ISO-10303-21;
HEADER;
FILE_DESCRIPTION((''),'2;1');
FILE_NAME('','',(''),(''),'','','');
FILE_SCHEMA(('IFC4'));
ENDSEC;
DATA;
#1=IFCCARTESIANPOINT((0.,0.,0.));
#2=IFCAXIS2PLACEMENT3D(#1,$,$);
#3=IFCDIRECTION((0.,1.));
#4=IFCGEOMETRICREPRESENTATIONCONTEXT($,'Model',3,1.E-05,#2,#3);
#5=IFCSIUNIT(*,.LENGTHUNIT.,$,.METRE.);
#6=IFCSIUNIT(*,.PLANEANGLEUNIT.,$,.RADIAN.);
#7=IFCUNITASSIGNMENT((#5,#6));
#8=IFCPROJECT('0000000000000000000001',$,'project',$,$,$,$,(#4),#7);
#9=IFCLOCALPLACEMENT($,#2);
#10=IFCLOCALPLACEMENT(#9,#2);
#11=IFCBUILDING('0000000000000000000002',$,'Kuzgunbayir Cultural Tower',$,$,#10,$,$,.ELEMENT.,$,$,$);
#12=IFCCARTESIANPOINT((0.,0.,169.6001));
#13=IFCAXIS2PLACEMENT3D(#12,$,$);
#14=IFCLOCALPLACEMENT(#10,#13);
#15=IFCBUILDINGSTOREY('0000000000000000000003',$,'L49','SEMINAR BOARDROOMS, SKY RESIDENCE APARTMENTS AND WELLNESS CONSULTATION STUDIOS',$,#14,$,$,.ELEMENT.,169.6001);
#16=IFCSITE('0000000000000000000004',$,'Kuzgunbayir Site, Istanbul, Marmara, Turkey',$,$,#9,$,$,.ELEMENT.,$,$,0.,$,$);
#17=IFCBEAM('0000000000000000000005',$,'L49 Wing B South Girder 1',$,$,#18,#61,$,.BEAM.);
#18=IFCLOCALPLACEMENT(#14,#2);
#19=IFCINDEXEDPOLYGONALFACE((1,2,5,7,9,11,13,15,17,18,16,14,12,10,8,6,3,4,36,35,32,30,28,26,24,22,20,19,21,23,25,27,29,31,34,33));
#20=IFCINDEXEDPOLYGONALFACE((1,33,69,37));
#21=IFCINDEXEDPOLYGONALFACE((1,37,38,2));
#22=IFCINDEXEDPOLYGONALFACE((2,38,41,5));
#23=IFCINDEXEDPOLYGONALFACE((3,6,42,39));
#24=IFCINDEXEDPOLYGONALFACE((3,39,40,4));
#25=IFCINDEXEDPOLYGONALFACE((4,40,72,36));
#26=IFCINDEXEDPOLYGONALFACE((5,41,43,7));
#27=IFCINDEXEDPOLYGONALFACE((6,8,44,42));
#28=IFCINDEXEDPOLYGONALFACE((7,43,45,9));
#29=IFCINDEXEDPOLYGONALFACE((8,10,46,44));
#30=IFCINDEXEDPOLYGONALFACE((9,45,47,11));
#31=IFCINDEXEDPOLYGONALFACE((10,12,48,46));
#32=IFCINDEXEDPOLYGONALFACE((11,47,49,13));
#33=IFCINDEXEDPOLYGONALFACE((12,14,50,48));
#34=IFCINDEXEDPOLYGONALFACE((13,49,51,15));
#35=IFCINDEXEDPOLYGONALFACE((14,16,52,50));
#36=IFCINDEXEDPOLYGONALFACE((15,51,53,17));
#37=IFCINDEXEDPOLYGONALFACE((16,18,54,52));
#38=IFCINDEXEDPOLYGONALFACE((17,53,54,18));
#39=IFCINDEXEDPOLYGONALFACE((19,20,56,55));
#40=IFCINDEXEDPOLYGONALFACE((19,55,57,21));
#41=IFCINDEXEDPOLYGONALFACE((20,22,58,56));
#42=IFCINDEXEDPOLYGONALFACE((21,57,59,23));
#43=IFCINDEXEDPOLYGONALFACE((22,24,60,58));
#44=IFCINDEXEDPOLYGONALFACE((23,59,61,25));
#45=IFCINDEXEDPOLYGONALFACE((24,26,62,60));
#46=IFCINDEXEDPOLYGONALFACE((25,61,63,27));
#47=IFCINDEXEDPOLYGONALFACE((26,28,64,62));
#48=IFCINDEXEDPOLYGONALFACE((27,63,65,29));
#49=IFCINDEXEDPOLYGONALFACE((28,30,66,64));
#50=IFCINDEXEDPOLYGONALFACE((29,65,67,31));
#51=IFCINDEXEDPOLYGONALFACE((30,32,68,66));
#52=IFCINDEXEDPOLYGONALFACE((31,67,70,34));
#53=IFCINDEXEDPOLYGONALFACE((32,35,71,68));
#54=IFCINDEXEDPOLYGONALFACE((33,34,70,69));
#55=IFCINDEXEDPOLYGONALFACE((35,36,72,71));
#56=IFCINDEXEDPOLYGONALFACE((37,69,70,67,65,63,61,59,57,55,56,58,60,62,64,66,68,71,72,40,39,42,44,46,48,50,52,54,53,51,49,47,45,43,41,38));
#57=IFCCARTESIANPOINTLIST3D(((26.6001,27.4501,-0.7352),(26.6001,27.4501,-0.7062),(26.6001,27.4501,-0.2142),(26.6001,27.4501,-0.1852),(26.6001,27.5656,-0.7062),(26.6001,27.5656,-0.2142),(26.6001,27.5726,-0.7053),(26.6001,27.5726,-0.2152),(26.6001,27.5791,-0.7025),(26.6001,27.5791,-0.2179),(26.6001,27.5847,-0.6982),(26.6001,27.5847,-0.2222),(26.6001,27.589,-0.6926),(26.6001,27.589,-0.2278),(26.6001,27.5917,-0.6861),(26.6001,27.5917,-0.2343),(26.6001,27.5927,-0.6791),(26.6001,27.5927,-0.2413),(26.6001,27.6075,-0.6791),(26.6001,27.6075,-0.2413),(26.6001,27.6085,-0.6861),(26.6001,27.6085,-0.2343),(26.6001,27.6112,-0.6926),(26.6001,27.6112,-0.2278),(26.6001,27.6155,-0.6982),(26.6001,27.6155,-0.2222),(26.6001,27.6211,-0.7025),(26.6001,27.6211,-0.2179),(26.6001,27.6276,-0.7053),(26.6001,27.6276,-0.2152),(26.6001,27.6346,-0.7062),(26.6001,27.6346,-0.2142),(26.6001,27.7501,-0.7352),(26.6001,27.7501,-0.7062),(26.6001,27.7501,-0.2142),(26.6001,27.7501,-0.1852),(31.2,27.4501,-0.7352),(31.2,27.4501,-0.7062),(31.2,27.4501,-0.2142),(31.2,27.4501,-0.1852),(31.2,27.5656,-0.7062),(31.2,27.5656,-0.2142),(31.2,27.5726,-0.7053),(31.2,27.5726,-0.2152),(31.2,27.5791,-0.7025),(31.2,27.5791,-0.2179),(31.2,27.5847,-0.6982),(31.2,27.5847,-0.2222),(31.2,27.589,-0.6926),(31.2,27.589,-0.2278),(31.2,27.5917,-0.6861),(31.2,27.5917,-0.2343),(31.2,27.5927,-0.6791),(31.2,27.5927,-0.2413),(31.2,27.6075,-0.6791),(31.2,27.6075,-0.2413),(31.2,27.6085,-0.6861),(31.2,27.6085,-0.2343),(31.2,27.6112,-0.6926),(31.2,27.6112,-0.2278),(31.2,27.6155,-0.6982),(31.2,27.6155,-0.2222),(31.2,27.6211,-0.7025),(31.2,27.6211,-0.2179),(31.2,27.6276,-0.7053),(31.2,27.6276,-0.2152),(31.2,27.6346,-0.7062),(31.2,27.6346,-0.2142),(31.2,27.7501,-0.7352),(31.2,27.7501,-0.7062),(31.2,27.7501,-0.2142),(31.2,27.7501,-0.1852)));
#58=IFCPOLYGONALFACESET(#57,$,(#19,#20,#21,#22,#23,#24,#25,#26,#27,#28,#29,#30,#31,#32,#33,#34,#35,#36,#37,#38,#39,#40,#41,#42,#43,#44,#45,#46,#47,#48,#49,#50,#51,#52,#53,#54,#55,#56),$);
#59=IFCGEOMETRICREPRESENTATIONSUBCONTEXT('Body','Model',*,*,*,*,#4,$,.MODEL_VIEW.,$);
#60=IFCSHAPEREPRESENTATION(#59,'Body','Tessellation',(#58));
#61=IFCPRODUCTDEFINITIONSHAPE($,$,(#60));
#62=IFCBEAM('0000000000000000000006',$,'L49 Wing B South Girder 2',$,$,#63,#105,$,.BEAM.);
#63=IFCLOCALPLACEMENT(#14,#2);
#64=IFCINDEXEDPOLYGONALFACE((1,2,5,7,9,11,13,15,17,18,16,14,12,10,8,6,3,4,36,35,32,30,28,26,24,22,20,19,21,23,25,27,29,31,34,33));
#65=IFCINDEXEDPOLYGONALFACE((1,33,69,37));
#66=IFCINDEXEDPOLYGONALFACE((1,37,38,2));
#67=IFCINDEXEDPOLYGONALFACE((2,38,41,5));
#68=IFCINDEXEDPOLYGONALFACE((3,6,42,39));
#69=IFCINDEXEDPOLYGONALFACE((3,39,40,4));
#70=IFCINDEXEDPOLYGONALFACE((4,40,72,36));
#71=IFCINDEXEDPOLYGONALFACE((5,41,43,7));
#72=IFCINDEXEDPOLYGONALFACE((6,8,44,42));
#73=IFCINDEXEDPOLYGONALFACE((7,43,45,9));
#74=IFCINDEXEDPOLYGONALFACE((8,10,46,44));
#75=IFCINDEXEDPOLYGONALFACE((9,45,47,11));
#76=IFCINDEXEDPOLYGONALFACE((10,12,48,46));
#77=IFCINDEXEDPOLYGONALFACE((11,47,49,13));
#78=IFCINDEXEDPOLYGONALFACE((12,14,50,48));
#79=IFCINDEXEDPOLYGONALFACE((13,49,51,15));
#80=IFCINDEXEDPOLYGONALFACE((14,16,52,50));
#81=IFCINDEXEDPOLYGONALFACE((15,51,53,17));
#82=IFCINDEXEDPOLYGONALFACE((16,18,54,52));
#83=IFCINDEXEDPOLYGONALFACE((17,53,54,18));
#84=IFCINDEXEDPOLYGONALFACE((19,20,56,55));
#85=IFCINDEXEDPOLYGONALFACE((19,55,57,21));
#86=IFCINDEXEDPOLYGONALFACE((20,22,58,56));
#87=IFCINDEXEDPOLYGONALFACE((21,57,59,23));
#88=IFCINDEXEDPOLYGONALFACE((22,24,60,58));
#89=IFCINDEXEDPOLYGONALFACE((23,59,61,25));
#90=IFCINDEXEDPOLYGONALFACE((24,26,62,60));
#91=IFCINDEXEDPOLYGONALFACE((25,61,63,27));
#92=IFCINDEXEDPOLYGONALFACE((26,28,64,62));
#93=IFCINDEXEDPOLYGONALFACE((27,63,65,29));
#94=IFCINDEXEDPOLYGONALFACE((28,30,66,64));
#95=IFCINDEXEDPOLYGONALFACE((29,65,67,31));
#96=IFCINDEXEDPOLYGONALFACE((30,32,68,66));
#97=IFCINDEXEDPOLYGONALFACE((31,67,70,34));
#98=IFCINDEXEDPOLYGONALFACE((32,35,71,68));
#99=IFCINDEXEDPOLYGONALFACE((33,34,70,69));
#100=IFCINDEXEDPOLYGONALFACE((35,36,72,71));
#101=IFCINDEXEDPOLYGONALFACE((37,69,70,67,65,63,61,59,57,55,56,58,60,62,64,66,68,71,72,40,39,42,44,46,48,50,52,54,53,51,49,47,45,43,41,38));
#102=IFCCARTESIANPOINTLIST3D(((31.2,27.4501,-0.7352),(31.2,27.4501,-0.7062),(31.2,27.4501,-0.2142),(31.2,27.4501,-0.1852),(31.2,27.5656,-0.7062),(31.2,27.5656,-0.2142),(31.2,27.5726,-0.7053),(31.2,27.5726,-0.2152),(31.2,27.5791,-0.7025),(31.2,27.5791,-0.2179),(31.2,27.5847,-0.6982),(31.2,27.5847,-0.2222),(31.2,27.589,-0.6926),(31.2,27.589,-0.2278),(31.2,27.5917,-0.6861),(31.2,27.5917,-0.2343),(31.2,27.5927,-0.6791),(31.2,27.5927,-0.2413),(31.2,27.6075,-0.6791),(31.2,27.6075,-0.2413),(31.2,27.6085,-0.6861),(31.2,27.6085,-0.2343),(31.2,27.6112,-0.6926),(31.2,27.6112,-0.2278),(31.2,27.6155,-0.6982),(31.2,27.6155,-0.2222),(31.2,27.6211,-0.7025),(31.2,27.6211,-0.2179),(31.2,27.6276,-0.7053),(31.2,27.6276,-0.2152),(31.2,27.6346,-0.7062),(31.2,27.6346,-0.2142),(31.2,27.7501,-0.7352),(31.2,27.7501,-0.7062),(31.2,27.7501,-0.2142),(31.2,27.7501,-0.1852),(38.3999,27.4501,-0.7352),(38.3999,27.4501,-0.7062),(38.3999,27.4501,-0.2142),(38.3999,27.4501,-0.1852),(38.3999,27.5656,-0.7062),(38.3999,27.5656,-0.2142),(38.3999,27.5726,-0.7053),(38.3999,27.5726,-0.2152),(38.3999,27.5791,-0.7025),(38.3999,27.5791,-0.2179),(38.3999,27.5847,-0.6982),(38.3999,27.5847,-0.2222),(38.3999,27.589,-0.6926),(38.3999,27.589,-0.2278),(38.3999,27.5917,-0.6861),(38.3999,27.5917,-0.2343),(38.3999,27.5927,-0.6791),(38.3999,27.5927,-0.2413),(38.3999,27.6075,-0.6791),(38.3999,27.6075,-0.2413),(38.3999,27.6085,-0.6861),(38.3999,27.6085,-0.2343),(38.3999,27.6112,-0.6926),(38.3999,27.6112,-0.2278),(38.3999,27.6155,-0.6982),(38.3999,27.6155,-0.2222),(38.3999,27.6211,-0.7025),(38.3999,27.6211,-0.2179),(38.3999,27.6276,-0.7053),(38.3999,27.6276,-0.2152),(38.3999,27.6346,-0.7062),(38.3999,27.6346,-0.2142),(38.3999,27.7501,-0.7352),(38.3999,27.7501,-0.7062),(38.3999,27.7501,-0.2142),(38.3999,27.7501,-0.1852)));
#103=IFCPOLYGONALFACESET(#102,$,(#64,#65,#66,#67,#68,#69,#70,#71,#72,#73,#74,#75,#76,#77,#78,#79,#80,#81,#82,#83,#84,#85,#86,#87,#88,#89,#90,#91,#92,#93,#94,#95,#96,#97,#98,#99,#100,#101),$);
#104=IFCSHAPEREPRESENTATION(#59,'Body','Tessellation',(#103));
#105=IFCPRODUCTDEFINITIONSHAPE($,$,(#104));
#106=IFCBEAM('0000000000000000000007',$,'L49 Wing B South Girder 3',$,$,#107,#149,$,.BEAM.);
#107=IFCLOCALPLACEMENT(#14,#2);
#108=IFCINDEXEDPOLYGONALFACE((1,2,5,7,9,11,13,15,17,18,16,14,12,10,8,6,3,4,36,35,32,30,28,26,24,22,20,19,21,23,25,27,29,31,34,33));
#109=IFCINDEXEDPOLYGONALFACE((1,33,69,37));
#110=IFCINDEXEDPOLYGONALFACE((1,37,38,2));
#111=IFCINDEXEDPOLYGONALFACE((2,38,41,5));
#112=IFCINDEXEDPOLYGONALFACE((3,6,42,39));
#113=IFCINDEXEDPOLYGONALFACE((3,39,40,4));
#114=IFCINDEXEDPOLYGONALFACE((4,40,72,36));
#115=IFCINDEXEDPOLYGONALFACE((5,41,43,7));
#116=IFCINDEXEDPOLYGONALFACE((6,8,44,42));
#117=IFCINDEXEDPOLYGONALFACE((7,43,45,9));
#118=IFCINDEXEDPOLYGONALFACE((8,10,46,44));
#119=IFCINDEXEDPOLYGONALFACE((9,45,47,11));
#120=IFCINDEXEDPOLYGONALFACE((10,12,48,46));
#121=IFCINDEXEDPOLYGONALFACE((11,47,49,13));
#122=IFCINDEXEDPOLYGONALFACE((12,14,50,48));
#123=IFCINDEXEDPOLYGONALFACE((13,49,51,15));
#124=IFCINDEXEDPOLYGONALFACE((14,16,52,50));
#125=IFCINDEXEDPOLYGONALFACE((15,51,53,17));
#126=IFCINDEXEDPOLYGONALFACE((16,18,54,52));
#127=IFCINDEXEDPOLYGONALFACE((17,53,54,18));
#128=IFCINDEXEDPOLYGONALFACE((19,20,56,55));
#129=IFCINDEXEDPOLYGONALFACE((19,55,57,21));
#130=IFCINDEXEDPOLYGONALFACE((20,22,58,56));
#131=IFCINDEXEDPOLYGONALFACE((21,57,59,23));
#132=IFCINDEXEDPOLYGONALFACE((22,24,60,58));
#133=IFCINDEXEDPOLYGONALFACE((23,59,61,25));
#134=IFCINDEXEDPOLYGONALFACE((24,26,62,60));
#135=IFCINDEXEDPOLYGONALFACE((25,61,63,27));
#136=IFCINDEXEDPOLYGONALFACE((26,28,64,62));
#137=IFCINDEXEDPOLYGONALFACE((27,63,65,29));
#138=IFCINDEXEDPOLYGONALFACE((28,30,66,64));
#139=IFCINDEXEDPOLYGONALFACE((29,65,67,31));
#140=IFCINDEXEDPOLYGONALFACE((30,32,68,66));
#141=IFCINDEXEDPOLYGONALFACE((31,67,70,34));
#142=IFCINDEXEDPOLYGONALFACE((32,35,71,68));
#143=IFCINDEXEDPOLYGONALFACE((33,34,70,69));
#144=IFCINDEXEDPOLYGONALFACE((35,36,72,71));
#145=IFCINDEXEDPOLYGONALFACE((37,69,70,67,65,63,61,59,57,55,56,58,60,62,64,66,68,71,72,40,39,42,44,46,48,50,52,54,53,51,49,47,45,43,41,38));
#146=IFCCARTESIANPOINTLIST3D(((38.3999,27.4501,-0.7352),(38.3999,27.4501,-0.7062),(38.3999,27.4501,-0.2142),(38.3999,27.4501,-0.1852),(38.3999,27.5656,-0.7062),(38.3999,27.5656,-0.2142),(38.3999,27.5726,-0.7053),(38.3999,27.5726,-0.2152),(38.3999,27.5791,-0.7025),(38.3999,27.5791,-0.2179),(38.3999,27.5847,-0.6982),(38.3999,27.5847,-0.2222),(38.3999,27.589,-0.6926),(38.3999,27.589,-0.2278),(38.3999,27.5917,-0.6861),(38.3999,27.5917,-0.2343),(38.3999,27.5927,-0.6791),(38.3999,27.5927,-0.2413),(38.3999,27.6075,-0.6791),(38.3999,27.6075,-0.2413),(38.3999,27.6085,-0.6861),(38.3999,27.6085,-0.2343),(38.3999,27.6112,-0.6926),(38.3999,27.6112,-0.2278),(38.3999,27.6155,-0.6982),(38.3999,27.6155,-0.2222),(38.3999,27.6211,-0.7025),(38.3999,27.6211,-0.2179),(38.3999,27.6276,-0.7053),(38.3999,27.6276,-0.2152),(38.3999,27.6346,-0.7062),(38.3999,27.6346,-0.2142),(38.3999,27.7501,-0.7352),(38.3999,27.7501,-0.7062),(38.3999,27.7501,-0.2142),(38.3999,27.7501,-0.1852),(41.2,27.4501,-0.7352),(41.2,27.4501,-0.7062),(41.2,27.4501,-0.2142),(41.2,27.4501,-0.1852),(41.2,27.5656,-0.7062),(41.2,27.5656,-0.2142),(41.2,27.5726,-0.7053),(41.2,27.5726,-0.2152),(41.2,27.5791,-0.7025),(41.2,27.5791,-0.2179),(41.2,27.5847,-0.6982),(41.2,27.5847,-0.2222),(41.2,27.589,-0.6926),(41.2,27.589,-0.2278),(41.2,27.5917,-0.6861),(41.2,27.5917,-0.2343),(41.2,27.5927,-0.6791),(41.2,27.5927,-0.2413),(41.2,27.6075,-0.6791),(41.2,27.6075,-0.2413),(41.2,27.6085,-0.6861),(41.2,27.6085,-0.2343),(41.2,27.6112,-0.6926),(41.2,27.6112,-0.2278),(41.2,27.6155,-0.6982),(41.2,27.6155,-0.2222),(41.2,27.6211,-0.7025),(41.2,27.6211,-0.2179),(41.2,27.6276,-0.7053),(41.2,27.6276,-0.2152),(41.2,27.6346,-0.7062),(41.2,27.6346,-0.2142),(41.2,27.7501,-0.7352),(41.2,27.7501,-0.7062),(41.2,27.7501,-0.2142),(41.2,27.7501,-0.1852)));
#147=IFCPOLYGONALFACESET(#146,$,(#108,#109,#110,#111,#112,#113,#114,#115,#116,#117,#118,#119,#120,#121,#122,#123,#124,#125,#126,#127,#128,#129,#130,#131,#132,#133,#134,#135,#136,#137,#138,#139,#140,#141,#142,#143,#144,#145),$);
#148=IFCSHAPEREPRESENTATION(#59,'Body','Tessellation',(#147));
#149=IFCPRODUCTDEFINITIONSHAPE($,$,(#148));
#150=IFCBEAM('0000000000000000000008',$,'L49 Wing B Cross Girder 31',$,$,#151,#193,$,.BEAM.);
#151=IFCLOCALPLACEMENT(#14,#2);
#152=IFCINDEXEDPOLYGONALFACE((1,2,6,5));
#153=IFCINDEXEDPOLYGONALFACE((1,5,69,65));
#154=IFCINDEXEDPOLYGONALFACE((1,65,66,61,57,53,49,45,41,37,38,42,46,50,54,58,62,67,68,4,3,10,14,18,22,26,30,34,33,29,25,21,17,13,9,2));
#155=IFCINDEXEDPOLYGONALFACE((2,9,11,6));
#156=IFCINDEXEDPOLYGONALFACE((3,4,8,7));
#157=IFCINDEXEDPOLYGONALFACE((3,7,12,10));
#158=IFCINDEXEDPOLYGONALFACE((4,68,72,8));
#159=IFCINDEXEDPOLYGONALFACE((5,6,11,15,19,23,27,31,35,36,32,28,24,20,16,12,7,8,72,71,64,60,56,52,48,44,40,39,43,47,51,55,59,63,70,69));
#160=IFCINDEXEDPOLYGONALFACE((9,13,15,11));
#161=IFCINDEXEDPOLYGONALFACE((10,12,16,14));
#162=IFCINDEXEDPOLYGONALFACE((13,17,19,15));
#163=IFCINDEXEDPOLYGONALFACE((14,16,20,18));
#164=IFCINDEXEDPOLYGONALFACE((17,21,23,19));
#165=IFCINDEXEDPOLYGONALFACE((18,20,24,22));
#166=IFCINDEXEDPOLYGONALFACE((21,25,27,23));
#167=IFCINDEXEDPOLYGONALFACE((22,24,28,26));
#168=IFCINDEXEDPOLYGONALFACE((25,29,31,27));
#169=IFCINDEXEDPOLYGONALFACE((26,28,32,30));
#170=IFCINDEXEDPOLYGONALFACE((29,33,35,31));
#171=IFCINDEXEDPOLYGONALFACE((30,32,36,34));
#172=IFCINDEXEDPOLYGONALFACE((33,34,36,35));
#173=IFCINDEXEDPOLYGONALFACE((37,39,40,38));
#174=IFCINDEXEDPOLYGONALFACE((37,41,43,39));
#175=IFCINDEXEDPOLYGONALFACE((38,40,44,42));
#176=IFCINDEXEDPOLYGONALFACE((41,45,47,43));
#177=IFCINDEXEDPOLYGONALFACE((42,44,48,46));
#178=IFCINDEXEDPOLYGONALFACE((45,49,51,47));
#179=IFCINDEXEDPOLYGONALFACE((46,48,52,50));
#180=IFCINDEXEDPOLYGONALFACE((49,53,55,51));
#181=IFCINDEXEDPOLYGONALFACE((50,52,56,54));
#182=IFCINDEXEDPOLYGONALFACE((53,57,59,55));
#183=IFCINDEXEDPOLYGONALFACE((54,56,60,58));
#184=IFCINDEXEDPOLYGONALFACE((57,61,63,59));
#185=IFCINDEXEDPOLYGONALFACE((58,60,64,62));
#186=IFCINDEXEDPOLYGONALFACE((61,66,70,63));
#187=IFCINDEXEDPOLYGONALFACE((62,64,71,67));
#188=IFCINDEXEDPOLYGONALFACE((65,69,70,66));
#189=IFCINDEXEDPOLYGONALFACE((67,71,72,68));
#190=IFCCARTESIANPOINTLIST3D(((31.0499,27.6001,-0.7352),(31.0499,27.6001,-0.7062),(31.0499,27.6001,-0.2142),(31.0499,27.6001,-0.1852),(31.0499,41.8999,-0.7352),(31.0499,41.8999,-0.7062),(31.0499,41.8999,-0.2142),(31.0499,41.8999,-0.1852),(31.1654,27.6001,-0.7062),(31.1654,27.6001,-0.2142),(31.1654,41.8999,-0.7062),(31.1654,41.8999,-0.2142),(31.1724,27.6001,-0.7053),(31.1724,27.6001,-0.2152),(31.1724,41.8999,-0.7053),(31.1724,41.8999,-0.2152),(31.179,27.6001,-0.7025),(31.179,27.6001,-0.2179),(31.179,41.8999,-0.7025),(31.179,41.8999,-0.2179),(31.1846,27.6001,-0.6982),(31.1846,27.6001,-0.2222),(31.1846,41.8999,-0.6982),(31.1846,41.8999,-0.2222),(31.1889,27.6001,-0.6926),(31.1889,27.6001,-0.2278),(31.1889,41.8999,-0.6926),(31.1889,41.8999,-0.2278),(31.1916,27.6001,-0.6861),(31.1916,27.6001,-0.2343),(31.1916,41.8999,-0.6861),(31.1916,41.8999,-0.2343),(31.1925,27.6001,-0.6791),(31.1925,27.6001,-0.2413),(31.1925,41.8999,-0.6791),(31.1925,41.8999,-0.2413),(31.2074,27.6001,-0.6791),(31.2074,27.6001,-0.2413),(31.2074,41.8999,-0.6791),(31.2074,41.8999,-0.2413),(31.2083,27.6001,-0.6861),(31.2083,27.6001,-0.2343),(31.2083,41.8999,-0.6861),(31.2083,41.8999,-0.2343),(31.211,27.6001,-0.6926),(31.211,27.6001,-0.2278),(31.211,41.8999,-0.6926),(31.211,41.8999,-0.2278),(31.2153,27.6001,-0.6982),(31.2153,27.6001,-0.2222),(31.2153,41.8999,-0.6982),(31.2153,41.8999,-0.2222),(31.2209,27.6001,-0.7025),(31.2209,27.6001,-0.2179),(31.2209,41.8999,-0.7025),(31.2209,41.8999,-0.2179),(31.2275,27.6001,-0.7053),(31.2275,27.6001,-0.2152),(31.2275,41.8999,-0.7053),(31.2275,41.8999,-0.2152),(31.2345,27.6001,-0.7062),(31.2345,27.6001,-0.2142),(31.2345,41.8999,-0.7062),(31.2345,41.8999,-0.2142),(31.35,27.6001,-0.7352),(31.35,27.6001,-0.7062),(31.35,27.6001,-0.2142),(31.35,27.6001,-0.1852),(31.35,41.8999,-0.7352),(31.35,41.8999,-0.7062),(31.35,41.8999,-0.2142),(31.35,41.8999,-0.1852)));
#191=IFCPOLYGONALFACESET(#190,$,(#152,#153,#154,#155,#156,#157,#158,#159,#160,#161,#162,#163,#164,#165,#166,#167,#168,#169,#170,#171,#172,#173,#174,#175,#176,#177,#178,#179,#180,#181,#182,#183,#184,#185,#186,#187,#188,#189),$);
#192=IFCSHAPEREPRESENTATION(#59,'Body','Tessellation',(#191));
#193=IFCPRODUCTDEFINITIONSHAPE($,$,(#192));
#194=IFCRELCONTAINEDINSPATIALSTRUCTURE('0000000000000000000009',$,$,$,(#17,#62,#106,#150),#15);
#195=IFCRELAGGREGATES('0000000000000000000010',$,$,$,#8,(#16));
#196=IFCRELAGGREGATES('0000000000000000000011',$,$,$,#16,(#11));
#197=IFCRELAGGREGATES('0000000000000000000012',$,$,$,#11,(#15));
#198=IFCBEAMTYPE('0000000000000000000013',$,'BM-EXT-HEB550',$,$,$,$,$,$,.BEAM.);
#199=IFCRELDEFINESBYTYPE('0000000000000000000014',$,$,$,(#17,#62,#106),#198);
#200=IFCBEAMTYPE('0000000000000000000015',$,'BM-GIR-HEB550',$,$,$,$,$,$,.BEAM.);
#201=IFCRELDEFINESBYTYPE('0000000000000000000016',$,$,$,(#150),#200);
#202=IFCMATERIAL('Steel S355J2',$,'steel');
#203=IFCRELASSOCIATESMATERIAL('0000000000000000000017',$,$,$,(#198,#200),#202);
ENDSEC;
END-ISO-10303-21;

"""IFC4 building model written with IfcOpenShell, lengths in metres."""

from ifc_helpers import new_model, si_unit, direction, frame, origin, origin_2d, place, context, subcontext, project, spatial, i_section, extrude, material, material_profile, profile_set, type_object, element, save


model = new_model("IFC4")

# Units and contexts
model_context = context("Model", 3, precision=1e-05, world=origin(), true_north=direction((0.0, 1.0)))
body_context = subcontext(model_context, "Body", "Model", "MODEL_VIEW")
ifc_project = project(units=[si_unit("LENGTHUNIT", "METRE"), si_unit("PLANEANGLEUNIT", "RADIAN")], contexts=[model_context])

# Site, building, storey
site_placement = place(None, origin())
site = spatial("IfcSite", under=ifc_project, at=site_placement, Name="Kuzgunbayir Site, Istanbul, Marmara, Turkey", CompositionType="ELEMENT", RefElevation=0.0)
building_placement = place(site_placement, origin())
building = spatial("IfcBuilding", under=site, at=building_placement, Name="Kuzgunbayir Cultural Tower", CompositionType="ELEMENT")
storey_placement = place(building_placement, frame((0.0, 0.0, 169.6001)))
storey = spatial("IfcBuildingStorey", under=building, at=storey_placement, Name="L49", Description="SEMINAR BOARDROOMS, SKY RESIDENCE APARTMENTS AND WELLNESS CONSULTATION STUDIOS", CompositionType="ELEMENT", Elevation=169.6001)

# Beams
ifc_material_1 = material(Name="Steel S355J2", Category="steel")
ifc_material_profile_1 = material_profile(ifc_material_1, i_section(OverallWidth=0.3, OverallDepth=0.55, WebThickness=0.0149, FlangeThickness=0.0291, FilletRadius=0.0271, at=origin_2d()), Name="HEB 550")
ifc_profile_set_1 = profile_set([ifc_material_profile_1], Name="Steel S355J2")
beam_type_1 = type_object("IfcBeamType", Name="BM-EXT-HEB550", PredefinedType="BEAM", material=ifc_profile_set_1)
beam_1_placement = place(storey_placement, frame((26.6001, 27.6001, -0.4602), z_axis=(1.0, 0.0, 0.0), x_axis=(0.0, 1.0, 0.0)))
element("IfcBeam", 1, at=beam_1_placement, inside=storey, type_object=beam_type_1, Name="L49 Wing B South Girder 1", PredefinedType="BEAM", context=body_context, shape_type="SweptSolid", body=[
    extrude(i_section(OverallWidth=0.3, OverallDepth=0.55, WebThickness=0.0149, FlangeThickness=0.0291, FilletRadius=0.0271, at=origin_2d()), origin(), (0.0, 0.0, 1.0), 4.5999),
])
beam_2_placement = place(storey_placement, frame((31.2, 27.6001, -0.4602), z_axis=(1.0, 0.0, 0.0), x_axis=(0.0, 1.0, 0.0)))
element("IfcBeam", 2, at=beam_2_placement, inside=storey, type_object=beam_type_1, Name="L49 Wing B South Girder 2", PredefinedType="BEAM", context=body_context, shape_type="SweptSolid", body=[
    extrude(i_section(OverallWidth=0.3, OverallDepth=0.55, WebThickness=0.0149, FlangeThickness=0.0291, FilletRadius=0.0271, at=origin_2d()), origin(), (0.0, 0.0, 1.0), 7.2),
])
beam_3_placement = place(storey_placement, frame((38.3999, 27.6001, -0.4602), z_axis=(1.0, 0.0, 0.0), x_axis=(0.0, 1.0, 0.0)))
element("IfcBeam", 3, at=beam_3_placement, inside=storey, type_object=beam_type_1, Name="L49 Wing B South Girder 3", PredefinedType="BEAM", context=body_context, shape_type="SweptSolid", body=[
    extrude(i_section(OverallWidth=0.3, OverallDepth=0.55, WebThickness=0.0149, FlangeThickness=0.0291, FilletRadius=0.0271, at=origin_2d()), origin(), (0.0, 0.0, 1.0), 2.8),
])
ifc_material_profile_2 = material_profile(ifc_material_1, i_section(OverallWidth=0.3, OverallDepth=0.55, WebThickness=0.0149, FlangeThickness=0.0291, FilletRadius=0.0271, at=origin_2d()), Name="HEB 550")
ifc_profile_set_2 = profile_set([ifc_material_profile_2], Name="Steel S355J2")
beam_type_2 = type_object("IfcBeamType", Name="BM-GIR-HEB550", PredefinedType="BEAM", material=ifc_profile_set_2)
beam_4_placement = place(storey_placement, frame((31.2, 27.6001, -0.4602), z_axis=(0.0, 1.0, 0.0), x_axis=(-1.0, 0.0, 0.0)))
element("IfcBeam", 4, at=beam_4_placement, inside=storey, type_object=beam_type_2, Name="L49 Wing B Cross Girder 31", PredefinedType="BEAM", context=body_context, shape_type="SweptSolid", body=[
    extrude(i_section(OverallWidth=0.3, OverallDepth=0.55, WebThickness=0.0149, FlangeThickness=0.0291, FilletRadius=0.0271, at=origin_2d()), origin(), (0.0, 0.0, 1.0), 14.2998),
])

save(model, "model.ifc")
